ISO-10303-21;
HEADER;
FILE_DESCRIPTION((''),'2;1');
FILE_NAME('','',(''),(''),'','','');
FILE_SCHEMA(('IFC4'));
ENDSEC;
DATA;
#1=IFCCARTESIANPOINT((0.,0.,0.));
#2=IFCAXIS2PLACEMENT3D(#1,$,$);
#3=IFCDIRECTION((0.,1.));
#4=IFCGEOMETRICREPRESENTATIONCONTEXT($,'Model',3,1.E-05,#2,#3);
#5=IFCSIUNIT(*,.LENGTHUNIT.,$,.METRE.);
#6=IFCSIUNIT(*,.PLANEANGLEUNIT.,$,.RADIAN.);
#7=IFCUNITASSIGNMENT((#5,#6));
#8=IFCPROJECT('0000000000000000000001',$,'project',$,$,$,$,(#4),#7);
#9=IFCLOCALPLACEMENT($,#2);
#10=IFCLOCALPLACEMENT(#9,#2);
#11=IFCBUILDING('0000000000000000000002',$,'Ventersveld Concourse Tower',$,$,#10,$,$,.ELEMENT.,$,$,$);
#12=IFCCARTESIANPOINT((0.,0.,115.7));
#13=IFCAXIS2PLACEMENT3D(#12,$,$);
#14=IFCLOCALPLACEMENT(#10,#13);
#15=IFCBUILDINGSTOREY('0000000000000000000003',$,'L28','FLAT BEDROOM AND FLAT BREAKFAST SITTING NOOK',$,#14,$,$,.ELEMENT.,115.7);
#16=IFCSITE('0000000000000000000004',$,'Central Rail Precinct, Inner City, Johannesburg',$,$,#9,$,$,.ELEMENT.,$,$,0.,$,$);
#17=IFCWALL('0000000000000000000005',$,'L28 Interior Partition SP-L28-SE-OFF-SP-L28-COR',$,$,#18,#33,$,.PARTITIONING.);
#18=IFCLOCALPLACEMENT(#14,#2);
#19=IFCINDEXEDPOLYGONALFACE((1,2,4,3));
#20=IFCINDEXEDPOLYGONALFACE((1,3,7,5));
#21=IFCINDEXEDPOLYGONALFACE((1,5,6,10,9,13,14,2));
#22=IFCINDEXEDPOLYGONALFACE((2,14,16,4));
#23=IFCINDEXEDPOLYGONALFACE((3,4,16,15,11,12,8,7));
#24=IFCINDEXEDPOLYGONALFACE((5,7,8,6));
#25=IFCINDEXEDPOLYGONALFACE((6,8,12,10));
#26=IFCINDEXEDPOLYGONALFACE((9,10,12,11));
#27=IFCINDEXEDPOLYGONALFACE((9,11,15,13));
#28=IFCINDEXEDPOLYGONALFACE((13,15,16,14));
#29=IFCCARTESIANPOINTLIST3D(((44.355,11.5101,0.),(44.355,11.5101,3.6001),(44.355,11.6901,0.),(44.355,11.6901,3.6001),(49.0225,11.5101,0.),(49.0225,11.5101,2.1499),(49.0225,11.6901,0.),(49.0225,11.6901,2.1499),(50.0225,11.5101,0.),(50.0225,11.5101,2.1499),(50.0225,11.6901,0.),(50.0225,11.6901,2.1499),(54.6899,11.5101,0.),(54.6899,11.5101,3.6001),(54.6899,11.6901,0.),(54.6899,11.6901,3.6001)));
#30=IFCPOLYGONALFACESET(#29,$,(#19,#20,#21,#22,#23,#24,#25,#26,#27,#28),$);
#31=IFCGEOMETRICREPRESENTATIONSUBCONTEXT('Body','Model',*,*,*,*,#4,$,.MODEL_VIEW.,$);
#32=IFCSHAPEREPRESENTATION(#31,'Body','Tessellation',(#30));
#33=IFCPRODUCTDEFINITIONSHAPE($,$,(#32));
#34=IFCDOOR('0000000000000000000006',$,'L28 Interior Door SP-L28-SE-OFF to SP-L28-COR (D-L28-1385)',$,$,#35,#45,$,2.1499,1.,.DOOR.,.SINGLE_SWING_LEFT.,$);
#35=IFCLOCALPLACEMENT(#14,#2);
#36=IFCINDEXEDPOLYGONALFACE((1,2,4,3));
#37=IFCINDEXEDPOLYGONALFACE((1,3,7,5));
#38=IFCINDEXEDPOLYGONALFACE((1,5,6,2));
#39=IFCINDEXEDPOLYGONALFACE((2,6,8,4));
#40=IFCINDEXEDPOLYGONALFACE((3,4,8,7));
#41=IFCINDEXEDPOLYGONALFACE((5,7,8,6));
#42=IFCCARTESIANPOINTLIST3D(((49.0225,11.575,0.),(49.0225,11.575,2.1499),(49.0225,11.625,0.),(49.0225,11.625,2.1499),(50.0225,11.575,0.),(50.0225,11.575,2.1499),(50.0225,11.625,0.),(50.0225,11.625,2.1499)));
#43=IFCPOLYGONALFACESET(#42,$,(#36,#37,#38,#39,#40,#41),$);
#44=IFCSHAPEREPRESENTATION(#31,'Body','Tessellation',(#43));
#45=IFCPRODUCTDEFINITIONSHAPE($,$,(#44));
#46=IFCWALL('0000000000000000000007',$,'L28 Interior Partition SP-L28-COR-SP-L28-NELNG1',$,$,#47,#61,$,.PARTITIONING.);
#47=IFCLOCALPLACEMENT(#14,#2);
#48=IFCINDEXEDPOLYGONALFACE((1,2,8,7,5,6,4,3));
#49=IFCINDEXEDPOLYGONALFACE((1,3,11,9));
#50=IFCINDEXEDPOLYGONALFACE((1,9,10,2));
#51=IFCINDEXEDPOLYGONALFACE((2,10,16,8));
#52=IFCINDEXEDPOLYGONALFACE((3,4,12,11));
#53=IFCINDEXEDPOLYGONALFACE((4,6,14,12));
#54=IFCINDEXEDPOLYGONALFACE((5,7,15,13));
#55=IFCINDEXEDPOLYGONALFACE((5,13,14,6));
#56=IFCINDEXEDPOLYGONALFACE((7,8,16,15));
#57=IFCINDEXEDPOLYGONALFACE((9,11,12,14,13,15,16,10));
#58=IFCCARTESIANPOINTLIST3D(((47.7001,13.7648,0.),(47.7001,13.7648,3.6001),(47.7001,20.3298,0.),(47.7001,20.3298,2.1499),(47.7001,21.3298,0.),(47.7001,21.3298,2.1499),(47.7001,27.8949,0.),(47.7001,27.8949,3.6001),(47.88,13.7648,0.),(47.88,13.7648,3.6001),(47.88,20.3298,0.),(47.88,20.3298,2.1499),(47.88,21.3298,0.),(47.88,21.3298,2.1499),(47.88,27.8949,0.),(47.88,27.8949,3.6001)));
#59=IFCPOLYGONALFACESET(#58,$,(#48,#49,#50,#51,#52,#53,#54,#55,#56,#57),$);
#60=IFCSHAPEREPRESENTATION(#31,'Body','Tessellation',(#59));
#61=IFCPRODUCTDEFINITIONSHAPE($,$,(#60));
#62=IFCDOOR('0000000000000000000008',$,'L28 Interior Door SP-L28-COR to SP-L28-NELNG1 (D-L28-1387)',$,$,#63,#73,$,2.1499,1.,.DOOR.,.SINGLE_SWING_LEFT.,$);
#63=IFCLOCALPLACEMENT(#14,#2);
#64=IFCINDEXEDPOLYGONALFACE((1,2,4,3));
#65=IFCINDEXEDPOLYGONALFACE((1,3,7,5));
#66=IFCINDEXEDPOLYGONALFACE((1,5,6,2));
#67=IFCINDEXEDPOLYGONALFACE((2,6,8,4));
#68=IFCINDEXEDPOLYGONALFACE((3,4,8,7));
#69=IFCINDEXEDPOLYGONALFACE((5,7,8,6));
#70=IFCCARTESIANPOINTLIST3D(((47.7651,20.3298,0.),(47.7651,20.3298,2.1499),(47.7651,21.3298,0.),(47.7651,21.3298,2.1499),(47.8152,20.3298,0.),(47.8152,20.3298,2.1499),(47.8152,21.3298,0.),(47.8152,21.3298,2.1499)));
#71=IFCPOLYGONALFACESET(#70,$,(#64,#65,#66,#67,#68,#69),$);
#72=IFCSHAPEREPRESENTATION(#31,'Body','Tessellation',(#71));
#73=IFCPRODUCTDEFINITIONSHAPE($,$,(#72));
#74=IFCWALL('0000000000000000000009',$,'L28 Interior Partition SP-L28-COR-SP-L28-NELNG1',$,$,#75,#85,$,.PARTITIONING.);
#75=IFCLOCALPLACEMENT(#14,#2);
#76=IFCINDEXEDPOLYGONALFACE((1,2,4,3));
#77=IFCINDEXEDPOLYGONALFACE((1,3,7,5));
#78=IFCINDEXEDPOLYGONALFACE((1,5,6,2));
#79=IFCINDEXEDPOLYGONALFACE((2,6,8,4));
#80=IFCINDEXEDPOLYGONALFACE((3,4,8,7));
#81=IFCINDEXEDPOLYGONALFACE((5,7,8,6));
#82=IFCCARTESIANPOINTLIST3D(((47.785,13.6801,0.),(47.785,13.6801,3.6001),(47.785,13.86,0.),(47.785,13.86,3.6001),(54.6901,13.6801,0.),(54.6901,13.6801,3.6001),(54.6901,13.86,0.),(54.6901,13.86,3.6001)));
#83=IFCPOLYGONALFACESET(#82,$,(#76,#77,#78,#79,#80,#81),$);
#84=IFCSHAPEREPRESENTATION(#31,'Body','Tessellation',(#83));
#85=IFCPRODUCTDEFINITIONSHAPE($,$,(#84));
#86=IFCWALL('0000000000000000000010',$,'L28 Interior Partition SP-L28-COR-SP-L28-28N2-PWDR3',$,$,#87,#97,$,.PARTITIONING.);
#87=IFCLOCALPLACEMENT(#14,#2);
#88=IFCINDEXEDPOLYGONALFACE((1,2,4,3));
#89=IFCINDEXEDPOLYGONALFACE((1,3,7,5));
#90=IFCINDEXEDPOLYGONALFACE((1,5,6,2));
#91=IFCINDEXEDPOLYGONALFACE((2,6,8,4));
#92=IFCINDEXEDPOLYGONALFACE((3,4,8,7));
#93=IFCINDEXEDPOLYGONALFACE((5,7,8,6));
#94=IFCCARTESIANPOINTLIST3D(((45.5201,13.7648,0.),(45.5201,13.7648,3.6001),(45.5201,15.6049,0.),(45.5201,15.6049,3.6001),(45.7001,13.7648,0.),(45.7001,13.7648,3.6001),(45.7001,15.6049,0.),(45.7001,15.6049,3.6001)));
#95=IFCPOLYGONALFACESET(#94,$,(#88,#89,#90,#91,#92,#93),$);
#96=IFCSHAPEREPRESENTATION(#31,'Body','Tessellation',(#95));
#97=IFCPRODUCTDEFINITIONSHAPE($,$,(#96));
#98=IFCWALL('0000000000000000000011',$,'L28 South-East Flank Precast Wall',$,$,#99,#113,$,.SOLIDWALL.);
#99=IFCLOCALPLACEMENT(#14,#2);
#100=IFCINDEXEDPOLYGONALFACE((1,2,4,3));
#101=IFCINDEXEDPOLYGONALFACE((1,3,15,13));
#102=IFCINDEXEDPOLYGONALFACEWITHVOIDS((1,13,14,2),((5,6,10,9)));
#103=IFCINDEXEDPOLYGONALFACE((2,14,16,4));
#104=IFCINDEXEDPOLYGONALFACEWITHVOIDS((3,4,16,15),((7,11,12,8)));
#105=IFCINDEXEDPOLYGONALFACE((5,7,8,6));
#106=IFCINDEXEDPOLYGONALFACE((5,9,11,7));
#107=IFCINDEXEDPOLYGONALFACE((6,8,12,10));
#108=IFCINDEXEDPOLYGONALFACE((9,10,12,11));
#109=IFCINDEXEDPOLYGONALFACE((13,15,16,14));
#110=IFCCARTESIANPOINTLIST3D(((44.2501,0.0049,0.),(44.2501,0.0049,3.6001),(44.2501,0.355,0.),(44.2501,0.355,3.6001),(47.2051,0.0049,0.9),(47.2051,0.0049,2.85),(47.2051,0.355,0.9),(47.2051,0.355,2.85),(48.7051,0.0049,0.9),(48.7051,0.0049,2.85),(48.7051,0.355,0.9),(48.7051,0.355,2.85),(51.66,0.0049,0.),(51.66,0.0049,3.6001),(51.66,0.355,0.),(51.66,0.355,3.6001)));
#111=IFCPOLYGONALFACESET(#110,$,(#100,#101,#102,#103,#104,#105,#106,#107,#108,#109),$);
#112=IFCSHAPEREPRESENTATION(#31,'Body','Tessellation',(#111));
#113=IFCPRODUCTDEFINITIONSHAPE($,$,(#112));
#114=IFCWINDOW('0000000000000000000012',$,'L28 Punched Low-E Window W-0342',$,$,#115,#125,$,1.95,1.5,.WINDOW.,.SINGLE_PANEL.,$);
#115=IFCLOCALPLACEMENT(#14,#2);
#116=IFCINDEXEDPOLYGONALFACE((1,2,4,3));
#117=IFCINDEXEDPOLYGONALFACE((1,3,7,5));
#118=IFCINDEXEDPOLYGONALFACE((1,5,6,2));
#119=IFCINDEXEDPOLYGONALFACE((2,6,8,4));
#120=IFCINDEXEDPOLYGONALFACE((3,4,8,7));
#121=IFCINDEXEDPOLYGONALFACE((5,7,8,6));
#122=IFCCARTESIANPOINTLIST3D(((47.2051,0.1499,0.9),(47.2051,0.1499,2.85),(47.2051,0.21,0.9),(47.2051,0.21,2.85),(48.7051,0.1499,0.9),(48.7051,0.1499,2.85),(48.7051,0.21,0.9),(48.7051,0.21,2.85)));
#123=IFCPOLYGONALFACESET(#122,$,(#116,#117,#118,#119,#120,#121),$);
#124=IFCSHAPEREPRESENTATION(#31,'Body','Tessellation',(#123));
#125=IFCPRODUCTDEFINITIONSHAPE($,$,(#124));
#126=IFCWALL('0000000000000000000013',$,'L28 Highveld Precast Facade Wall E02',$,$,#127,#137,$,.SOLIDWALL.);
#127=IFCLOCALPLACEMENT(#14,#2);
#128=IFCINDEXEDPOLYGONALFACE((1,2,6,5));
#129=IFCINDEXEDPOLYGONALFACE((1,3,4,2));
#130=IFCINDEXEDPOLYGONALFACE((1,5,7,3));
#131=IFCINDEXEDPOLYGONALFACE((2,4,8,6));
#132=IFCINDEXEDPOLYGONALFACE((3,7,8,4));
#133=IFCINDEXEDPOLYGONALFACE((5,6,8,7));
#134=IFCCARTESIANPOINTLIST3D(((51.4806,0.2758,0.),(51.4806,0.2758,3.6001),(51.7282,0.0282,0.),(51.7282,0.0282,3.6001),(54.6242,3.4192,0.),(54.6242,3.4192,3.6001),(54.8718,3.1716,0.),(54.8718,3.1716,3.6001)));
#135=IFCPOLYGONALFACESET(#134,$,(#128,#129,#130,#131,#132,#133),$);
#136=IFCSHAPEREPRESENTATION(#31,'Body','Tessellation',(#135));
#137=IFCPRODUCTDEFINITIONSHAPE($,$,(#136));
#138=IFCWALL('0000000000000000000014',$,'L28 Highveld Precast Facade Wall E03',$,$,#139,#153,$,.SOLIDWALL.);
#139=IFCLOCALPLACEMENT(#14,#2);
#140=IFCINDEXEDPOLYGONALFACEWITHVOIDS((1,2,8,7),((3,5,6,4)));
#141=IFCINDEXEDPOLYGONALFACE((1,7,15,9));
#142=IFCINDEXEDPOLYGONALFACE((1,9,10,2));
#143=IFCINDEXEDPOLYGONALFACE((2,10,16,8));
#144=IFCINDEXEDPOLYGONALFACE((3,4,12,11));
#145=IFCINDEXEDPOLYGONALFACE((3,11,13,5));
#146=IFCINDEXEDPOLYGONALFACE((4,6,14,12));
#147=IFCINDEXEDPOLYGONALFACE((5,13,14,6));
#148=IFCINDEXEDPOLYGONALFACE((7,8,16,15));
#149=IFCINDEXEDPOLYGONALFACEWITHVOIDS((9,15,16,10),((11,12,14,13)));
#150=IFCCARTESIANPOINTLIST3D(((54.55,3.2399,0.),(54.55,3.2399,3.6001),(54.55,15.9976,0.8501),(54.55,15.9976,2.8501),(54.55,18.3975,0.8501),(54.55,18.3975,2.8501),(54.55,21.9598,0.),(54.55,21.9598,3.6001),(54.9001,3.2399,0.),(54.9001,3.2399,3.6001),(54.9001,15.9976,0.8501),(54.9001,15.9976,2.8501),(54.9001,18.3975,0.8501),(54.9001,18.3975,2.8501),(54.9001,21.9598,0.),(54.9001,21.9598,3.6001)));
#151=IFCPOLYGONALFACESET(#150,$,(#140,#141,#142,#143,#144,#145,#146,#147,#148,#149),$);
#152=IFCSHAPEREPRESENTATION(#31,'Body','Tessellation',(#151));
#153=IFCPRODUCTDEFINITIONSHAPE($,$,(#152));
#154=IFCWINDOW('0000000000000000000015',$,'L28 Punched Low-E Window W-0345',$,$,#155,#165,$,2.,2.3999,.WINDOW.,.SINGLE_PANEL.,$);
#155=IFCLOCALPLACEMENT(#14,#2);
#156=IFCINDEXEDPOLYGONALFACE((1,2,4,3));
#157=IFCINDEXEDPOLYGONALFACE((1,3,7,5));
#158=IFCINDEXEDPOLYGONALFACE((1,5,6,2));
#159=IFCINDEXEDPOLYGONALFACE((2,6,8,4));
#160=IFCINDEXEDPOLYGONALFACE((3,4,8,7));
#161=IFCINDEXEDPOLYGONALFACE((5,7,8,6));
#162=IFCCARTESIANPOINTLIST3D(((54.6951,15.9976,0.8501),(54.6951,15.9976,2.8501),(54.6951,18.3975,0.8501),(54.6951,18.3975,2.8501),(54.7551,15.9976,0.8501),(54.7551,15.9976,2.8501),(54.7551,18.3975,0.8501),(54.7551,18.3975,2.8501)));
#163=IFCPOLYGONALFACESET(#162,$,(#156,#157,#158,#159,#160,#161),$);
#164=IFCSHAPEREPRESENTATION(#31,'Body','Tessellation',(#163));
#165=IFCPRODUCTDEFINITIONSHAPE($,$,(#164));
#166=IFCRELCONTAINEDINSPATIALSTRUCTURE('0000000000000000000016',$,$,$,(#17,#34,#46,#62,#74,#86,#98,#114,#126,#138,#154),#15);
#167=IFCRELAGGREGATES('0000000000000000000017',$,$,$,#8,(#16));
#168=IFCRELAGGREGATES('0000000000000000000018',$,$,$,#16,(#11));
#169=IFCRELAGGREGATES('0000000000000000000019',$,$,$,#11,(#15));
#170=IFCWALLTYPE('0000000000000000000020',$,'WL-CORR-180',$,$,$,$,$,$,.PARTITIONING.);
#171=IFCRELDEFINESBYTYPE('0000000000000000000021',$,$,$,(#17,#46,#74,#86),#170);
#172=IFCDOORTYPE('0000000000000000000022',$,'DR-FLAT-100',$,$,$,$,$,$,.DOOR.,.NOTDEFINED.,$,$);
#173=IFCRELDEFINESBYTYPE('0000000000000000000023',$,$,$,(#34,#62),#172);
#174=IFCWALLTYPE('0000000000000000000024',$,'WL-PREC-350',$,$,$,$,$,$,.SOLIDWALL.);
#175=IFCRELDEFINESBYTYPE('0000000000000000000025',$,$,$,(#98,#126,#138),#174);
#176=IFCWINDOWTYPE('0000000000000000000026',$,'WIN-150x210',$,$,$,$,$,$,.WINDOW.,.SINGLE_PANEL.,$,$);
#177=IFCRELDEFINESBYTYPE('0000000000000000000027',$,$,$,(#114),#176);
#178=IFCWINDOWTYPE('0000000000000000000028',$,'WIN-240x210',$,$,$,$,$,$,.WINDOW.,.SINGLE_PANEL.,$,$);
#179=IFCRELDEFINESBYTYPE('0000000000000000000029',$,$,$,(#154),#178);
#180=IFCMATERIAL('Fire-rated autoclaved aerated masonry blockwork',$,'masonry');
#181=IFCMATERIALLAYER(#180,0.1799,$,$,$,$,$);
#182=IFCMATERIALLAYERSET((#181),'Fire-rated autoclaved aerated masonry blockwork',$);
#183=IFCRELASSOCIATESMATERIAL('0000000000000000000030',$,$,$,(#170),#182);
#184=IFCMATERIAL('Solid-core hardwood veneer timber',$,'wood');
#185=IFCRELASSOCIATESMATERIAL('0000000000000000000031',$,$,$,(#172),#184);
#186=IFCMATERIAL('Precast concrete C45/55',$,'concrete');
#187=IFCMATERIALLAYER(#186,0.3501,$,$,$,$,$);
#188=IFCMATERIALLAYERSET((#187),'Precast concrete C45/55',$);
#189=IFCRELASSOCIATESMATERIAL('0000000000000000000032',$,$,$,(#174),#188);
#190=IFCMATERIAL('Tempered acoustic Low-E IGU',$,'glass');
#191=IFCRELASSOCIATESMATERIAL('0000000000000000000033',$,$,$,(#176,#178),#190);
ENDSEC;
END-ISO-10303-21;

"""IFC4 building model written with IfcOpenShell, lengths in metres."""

from ifc_helpers import new_model, si_unit, direction, frame, frame_2d, origin, place, context, subcontext, project, spatial, rectangle, extrude, material, layer, layer_set, type_object, element, fill, save


model = new_model("IFC4")

# Units and contexts
model_context = context("Model", 3, precision=1e-05, world=origin(), true_north=direction((0.0, 1.0)))
body_context = subcontext(model_context, "Body", "Model", "MODEL_VIEW")
ifc_project = project(units=[si_unit("LENGTHUNIT", "METRE"), si_unit("PLANEANGLEUNIT", "RADIAN")], contexts=[model_context])

# Site, building, storey
site_placement = place(None, origin())
site = spatial("IfcSite", under=ifc_project, at=site_placement, Name="Central Rail Precinct, Inner City, Johannesburg", CompositionType="ELEMENT", RefElevation=0.0)
building_placement = place(site_placement, origin())
building = spatial("IfcBuilding", under=site, at=building_placement, Name="Ventersveld Concourse Tower", CompositionType="ELEMENT")
storey_placement = place(building_placement, frame((0.0, 0.0, 115.7)))
storey = spatial("IfcBuildingStorey", under=building, at=storey_placement, Name="L28", Description="FLAT BEDROOM AND FLAT BREAKFAST SITTING NOOK", CompositionType="ELEMENT", Elevation=115.7)

# Walls, openings, doors
ifc_material_1 = material(Name="Fire-rated autoclaved aerated masonry blockwork", Category="masonry")
ifc_layer_1 = layer(ifc_material_1, 0.1799)
ifc_layer_set_1 = layer_set([ifc_layer_1], Name="Fire-rated autoclaved aerated masonry blockwork")
wall_type_1 = type_object("IfcWallType", Name="WL-CORR-180", PredefinedType="PARTITIONING", material=ifc_layer_set_1)
wall_1_placement = place(storey_placement, frame((44.355, 11.6001, 0.0), z_axis=(0.0, 0.0, 1.0), x_axis=(1.0, 0.0, 0.0)))
wall_1 = element("IfcWall", 1, at=wall_1_placement, inside=storey, type_object=wall_type_1, Name="L28 Interior Partition SP-L28-SE-OFF-SP-L28-COR", PredefinedType="PARTITIONING", context=body_context, shape_type="SweptSolid", body=[
    extrude(rectangle(XDim=10.335, YDim=0.1799, at=frame_2d((5.1675, 0.0))), origin(), (0.0, 0.0, 1.0), 3.6001),
])
opening_1_placement = place(wall_1_placement, frame((4.6675, 0.0, 0.0)))
opening_1 = element("IfcOpeningElement", 2, at=opening_1_placement, cuts=wall_1, PredefinedType="OPENING", context=body_context, shape_type="SweptSolid", body=[
    extrude(rectangle(XDim=1.0, YDim=2.1499, at=frame_2d((0.5, 1.075))), frame((0.0, 0.1001, 0.0), z_axis=(0.0, -1.0, 0.0), x_axis=(1.0, 0.0, 0.0)), (0.0, 0.0, 1.0), 0.2),
])
ifc_material_2 = material(Name="Solid-core hardwood veneer timber", Category="wood")
door_type = type_object("IfcDoorType", Name="DR-FLAT-100", OperationType="NOTDEFINED", PredefinedType="DOOR", material=ifc_material_2)
door_1_placement = place(opening_1_placement, origin())
door_1 = element("IfcDoor", 3, at=door_1_placement, inside=storey, type_object=door_type, Name="L28 Interior Door SP-L28-SE-OFF to SP-L28-COR (D-L28-1385)", OperationType="SINGLE_SWING_LEFT", OverallHeight=2.1499, OverallWidth=1.0, PredefinedType="DOOR", context=body_context, shape_type="SweptSolid", body=[
    extrude(rectangle(XDim=1.0, YDim=2.1499, at=frame_2d((0.5, 1.075))), frame((0.0, 0.0249, 0.0), z_axis=(0.0, -1.0, 0.0), x_axis=(1.0, 0.0, 0.0)), (0.0, 0.0, 1.0), 0.05),
])
fill(opening_1, door_1)
wall_2_placement = place(storey_placement, frame((47.79, 13.7649, 0.0), z_axis=(0.0, 0.0, 1.0), x_axis=(0.0, 1.0, 0.0)))
wall_2 = element("IfcWall", 4, at=wall_2_placement, inside=storey, type_object=wall_type_1, Name="L28 Interior Partition SP-L28-COR-SP-L28-NELNG1", PredefinedType="PARTITIONING", context=body_context, shape_type="SweptSolid", body=[
    extrude(rectangle(XDim=14.1301, YDim=0.1799, at=frame_2d((7.0649, 0.0))), origin(), (0.0, 0.0, 1.0), 3.6001),
])
opening_2_placement = place(wall_2_placement, frame((6.5649, 0.0, 0.0)))
opening_2 = element("IfcOpeningElement", 5, at=opening_2_placement, cuts=wall_2, PredefinedType="OPENING", context=body_context, shape_type="SweptSolid", body=[
    extrude(rectangle(XDim=1.0, YDim=2.1499, at=frame_2d((0.5, 1.075))), frame((0.0, 0.1001, 0.0), z_axis=(0.0, -1.0, 0.0), x_axis=(1.0, 0.0, 0.0)), (0.0, 0.0, 1.0), 0.2),
])
door_2_placement = place(opening_2_placement, origin())
door_2 = element("IfcDoor", 6, at=door_2_placement, inside=storey, type_object=door_type, Name="L28 Interior Door SP-L28-COR to SP-L28-NELNG1 (D-L28-1387)", OperationType="SINGLE_SWING_LEFT", OverallHeight=2.1499, OverallWidth=1.0, PredefinedType="DOOR", context=body_context, shape_type="SweptSolid", body=[
    extrude(rectangle(XDim=1.0, YDim=2.1499, at=frame_2d((0.5, 1.075))), frame((0.0, 0.0249, 0.0), z_axis=(0.0, -1.0, 0.0), x_axis=(1.0, 0.0, 0.0)), (0.0, 0.0, 1.0), 0.05),
])
fill(opening_2, door_2)

# Walls
wall_3_placement = place(storey_placement, frame((47.7849, 13.77, 0.0), z_axis=(0.0, 0.0, 1.0), x_axis=(1.0, 0.0, 0.0)))
element("IfcWall", 7, at=wall_3_placement, inside=storey, type_object=wall_type_1, Name="L28 Interior Partition SP-L28-COR-SP-L28-NELNG1", PredefinedType="PARTITIONING", context=body_context, shape_type="SweptSolid", body=[
    extrude(rectangle(XDim=6.905, YDim=0.1799, at=frame_2d((3.4526, 0.0))), origin(), (0.0, 0.0, 1.0), 3.6001),
])
wall_4_placement = place(storey_placement, frame((45.6101, 13.7649, 0.0), z_axis=(0.0, 0.0, 1.0), x_axis=(0.0, 1.0, 0.0)))
element("IfcWall", 8, at=wall_4_placement, inside=storey, type_object=wall_type_1, Name="L28 Interior Partition SP-L28-COR-SP-L28-28N2-PWDR3", PredefinedType="PARTITIONING", context=body_context, shape_type="SweptSolid", body=[
    extrude(rectangle(XDim=1.8401, YDim=0.1799, at=frame_2d((0.9199, 0.0))), origin(), (0.0, 0.0, 1.0), 3.6001),
])

# Wall, opening, window
ifc_material_3 = material(Name="Precast concrete C45/55", Category="concrete")
ifc_layer_2 = layer(ifc_material_3, 0.3501)
ifc_layer_set_2 = layer_set([ifc_layer_2], Name="Precast concrete C45/55")
wall_type_2 = type_object("IfcWallType", Name="WL-PREC-350", PredefinedType="SOLIDWALL", material=ifc_layer_set_2)
wall_5_placement = place(storey_placement, frame((44.25, 0.1799, 0.0), z_axis=(0.0, 0.0, 1.0), x_axis=(1.0, 0.0, 0.0)))
wall_5 = element("IfcWall", 9, at=wall_5_placement, inside=storey, type_object=wall_type_2, Name="L28 South-East Flank Precast Wall", PredefinedType="SOLIDWALL", context=body_context, shape_type="SweptSolid", body=[
    extrude(rectangle(XDim=7.4099, YDim=0.3501, at=frame_2d((3.7051, 0.0))), origin(), (0.0, 0.0, 1.0), 3.6001),
])
opening_3_placement = place(wall_5_placement, frame((2.9551, 0.0, 0.8999)))
opening_3 = element("IfcOpeningElement", 10, at=opening_3_placement, cuts=wall_5, PredefinedType="OPENING", context=body_context, shape_type="SweptSolid", body=[
    extrude(rectangle(XDim=1.5, YDim=1.95, at=frame_2d((0.75, 0.9751))), frame((0.0, 0.1851, 0.0), z_axis=(0.0, -1.0, 0.0), x_axis=(1.0, 0.0, 0.0)), (0.0, 0.0, 1.0), 0.3701),
])
ifc_material_4 = material(Name="Tempered acoustic Low-E IGU", Category="glass")
window_type_1 = type_object("IfcWindowType", Name="WIN-150x210", PartitioningType="SINGLE_PANEL", PredefinedType="WINDOW", material=ifc_material_4)
window_1_placement = place(opening_3_placement, origin())
window_1 = element("IfcWindow", 11, at=window_1_placement, inside=storey, type_object=window_type_1, Name="L28 Punched Low-E Window W-0342", OverallHeight=1.95, OverallWidth=1.5, PartitioningType="SINGLE_PANEL", PredefinedType="WINDOW", context=body_context, shape_type="SweptSolid", body=[
    extrude(rectangle(XDim=1.5, YDim=1.95, at=frame_2d((0.75, 0.9751))), frame((0.0, 0.03, 0.0), z_axis=(0.0, -1.0, 0.0), x_axis=(1.0, 0.0, 0.0)), (0.0, 0.0, 1.0), 0.0601),
])
fill(opening_3, window_1)

# Wall
wall_6_placement = place(storey_placement, frame((51.6045, 0.1521, 0.0), z_axis=(0.0, 0.0, 1.0), x_axis=(0.707134, 0.707079, 0.0)))
element("IfcWall", 12, at=wall_6_placement, inside=storey, type_object=wall_type_2, Name="L28 Highveld Precast Facade Wall E02", PredefinedType="SOLIDWALL", context=body_context, shape_type="SweptSolid", body=[
    extrude(rectangle(XDim=4.4456, YDim=0.3501, at=frame_2d((2.2227, 0.0))), origin(), (0.0, 0.0, 1.0), 3.6001),
])

# Wall, opening, window
wall_7_placement = place(storey_placement, frame((54.7251, 3.24, 0.0), z_axis=(0.0, 0.0, 1.0), x_axis=(0.0, 1.0, 0.0)))
wall_7 = element("IfcWall", 13, at=wall_7_placement, inside=storey, type_object=wall_type_2, Name="L28 Highveld Precast Facade Wall E03", PredefinedType="SOLIDWALL", context=body_context, shape_type="SweptSolid", body=[
    extrude(rectangle(XDim=18.72, YDim=0.3501, at=frame_2d((9.3599, 0.0))), origin(), (0.0, 0.0, 1.0), 3.6001),
])
opening_4_placement = place(wall_7_placement, frame((12.7576, 0.0, 0.8501)))
opening_4 = element("IfcOpeningElement", 14, at=opening_4_placement, cuts=wall_7, PredefinedType="OPENING", context=body_context, shape_type="SweptSolid", body=[
    extrude(rectangle(XDim=2.3999, YDim=2.0, at=frame_2d((1.2, 1.0))), frame((0.0, 0.1851, 0.0), z_axis=(0.0, -1.0, 0.0), x_axis=(1.0, 0.0, 0.0)), (0.0, 0.0, 1.0), 0.3701),
])
window_type_2 = type_object("IfcWindowType", Name="WIN-240x210", PartitioningType="SINGLE_PANEL", PredefinedType="WINDOW", material=ifc_material_4)
window_2_placement = place(opening_4_placement, origin())
window_2 = element("IfcWindow", 15, at=window_2_placement, inside=storey, type_object=window_type_2, Name="L28 Punched Low-E Window W-0345", OverallHeight=2.0, OverallWidth=2.3999, PartitioningType="SINGLE_PANEL", PredefinedType="WINDOW", context=body_context, shape_type="SweptSolid", body=[
    extrude(rectangle(XDim=2.3999, YDim=2.0, at=frame_2d((1.2, 1.0))), frame((0.0, 0.03, 0.0), z_axis=(0.0, -1.0, 0.0), x_axis=(1.0, 0.0, 0.0)), (0.0, 0.0, 1.0), 0.0601),
])
fill(opening_4, window_2)

save(model, "model.ifc")
